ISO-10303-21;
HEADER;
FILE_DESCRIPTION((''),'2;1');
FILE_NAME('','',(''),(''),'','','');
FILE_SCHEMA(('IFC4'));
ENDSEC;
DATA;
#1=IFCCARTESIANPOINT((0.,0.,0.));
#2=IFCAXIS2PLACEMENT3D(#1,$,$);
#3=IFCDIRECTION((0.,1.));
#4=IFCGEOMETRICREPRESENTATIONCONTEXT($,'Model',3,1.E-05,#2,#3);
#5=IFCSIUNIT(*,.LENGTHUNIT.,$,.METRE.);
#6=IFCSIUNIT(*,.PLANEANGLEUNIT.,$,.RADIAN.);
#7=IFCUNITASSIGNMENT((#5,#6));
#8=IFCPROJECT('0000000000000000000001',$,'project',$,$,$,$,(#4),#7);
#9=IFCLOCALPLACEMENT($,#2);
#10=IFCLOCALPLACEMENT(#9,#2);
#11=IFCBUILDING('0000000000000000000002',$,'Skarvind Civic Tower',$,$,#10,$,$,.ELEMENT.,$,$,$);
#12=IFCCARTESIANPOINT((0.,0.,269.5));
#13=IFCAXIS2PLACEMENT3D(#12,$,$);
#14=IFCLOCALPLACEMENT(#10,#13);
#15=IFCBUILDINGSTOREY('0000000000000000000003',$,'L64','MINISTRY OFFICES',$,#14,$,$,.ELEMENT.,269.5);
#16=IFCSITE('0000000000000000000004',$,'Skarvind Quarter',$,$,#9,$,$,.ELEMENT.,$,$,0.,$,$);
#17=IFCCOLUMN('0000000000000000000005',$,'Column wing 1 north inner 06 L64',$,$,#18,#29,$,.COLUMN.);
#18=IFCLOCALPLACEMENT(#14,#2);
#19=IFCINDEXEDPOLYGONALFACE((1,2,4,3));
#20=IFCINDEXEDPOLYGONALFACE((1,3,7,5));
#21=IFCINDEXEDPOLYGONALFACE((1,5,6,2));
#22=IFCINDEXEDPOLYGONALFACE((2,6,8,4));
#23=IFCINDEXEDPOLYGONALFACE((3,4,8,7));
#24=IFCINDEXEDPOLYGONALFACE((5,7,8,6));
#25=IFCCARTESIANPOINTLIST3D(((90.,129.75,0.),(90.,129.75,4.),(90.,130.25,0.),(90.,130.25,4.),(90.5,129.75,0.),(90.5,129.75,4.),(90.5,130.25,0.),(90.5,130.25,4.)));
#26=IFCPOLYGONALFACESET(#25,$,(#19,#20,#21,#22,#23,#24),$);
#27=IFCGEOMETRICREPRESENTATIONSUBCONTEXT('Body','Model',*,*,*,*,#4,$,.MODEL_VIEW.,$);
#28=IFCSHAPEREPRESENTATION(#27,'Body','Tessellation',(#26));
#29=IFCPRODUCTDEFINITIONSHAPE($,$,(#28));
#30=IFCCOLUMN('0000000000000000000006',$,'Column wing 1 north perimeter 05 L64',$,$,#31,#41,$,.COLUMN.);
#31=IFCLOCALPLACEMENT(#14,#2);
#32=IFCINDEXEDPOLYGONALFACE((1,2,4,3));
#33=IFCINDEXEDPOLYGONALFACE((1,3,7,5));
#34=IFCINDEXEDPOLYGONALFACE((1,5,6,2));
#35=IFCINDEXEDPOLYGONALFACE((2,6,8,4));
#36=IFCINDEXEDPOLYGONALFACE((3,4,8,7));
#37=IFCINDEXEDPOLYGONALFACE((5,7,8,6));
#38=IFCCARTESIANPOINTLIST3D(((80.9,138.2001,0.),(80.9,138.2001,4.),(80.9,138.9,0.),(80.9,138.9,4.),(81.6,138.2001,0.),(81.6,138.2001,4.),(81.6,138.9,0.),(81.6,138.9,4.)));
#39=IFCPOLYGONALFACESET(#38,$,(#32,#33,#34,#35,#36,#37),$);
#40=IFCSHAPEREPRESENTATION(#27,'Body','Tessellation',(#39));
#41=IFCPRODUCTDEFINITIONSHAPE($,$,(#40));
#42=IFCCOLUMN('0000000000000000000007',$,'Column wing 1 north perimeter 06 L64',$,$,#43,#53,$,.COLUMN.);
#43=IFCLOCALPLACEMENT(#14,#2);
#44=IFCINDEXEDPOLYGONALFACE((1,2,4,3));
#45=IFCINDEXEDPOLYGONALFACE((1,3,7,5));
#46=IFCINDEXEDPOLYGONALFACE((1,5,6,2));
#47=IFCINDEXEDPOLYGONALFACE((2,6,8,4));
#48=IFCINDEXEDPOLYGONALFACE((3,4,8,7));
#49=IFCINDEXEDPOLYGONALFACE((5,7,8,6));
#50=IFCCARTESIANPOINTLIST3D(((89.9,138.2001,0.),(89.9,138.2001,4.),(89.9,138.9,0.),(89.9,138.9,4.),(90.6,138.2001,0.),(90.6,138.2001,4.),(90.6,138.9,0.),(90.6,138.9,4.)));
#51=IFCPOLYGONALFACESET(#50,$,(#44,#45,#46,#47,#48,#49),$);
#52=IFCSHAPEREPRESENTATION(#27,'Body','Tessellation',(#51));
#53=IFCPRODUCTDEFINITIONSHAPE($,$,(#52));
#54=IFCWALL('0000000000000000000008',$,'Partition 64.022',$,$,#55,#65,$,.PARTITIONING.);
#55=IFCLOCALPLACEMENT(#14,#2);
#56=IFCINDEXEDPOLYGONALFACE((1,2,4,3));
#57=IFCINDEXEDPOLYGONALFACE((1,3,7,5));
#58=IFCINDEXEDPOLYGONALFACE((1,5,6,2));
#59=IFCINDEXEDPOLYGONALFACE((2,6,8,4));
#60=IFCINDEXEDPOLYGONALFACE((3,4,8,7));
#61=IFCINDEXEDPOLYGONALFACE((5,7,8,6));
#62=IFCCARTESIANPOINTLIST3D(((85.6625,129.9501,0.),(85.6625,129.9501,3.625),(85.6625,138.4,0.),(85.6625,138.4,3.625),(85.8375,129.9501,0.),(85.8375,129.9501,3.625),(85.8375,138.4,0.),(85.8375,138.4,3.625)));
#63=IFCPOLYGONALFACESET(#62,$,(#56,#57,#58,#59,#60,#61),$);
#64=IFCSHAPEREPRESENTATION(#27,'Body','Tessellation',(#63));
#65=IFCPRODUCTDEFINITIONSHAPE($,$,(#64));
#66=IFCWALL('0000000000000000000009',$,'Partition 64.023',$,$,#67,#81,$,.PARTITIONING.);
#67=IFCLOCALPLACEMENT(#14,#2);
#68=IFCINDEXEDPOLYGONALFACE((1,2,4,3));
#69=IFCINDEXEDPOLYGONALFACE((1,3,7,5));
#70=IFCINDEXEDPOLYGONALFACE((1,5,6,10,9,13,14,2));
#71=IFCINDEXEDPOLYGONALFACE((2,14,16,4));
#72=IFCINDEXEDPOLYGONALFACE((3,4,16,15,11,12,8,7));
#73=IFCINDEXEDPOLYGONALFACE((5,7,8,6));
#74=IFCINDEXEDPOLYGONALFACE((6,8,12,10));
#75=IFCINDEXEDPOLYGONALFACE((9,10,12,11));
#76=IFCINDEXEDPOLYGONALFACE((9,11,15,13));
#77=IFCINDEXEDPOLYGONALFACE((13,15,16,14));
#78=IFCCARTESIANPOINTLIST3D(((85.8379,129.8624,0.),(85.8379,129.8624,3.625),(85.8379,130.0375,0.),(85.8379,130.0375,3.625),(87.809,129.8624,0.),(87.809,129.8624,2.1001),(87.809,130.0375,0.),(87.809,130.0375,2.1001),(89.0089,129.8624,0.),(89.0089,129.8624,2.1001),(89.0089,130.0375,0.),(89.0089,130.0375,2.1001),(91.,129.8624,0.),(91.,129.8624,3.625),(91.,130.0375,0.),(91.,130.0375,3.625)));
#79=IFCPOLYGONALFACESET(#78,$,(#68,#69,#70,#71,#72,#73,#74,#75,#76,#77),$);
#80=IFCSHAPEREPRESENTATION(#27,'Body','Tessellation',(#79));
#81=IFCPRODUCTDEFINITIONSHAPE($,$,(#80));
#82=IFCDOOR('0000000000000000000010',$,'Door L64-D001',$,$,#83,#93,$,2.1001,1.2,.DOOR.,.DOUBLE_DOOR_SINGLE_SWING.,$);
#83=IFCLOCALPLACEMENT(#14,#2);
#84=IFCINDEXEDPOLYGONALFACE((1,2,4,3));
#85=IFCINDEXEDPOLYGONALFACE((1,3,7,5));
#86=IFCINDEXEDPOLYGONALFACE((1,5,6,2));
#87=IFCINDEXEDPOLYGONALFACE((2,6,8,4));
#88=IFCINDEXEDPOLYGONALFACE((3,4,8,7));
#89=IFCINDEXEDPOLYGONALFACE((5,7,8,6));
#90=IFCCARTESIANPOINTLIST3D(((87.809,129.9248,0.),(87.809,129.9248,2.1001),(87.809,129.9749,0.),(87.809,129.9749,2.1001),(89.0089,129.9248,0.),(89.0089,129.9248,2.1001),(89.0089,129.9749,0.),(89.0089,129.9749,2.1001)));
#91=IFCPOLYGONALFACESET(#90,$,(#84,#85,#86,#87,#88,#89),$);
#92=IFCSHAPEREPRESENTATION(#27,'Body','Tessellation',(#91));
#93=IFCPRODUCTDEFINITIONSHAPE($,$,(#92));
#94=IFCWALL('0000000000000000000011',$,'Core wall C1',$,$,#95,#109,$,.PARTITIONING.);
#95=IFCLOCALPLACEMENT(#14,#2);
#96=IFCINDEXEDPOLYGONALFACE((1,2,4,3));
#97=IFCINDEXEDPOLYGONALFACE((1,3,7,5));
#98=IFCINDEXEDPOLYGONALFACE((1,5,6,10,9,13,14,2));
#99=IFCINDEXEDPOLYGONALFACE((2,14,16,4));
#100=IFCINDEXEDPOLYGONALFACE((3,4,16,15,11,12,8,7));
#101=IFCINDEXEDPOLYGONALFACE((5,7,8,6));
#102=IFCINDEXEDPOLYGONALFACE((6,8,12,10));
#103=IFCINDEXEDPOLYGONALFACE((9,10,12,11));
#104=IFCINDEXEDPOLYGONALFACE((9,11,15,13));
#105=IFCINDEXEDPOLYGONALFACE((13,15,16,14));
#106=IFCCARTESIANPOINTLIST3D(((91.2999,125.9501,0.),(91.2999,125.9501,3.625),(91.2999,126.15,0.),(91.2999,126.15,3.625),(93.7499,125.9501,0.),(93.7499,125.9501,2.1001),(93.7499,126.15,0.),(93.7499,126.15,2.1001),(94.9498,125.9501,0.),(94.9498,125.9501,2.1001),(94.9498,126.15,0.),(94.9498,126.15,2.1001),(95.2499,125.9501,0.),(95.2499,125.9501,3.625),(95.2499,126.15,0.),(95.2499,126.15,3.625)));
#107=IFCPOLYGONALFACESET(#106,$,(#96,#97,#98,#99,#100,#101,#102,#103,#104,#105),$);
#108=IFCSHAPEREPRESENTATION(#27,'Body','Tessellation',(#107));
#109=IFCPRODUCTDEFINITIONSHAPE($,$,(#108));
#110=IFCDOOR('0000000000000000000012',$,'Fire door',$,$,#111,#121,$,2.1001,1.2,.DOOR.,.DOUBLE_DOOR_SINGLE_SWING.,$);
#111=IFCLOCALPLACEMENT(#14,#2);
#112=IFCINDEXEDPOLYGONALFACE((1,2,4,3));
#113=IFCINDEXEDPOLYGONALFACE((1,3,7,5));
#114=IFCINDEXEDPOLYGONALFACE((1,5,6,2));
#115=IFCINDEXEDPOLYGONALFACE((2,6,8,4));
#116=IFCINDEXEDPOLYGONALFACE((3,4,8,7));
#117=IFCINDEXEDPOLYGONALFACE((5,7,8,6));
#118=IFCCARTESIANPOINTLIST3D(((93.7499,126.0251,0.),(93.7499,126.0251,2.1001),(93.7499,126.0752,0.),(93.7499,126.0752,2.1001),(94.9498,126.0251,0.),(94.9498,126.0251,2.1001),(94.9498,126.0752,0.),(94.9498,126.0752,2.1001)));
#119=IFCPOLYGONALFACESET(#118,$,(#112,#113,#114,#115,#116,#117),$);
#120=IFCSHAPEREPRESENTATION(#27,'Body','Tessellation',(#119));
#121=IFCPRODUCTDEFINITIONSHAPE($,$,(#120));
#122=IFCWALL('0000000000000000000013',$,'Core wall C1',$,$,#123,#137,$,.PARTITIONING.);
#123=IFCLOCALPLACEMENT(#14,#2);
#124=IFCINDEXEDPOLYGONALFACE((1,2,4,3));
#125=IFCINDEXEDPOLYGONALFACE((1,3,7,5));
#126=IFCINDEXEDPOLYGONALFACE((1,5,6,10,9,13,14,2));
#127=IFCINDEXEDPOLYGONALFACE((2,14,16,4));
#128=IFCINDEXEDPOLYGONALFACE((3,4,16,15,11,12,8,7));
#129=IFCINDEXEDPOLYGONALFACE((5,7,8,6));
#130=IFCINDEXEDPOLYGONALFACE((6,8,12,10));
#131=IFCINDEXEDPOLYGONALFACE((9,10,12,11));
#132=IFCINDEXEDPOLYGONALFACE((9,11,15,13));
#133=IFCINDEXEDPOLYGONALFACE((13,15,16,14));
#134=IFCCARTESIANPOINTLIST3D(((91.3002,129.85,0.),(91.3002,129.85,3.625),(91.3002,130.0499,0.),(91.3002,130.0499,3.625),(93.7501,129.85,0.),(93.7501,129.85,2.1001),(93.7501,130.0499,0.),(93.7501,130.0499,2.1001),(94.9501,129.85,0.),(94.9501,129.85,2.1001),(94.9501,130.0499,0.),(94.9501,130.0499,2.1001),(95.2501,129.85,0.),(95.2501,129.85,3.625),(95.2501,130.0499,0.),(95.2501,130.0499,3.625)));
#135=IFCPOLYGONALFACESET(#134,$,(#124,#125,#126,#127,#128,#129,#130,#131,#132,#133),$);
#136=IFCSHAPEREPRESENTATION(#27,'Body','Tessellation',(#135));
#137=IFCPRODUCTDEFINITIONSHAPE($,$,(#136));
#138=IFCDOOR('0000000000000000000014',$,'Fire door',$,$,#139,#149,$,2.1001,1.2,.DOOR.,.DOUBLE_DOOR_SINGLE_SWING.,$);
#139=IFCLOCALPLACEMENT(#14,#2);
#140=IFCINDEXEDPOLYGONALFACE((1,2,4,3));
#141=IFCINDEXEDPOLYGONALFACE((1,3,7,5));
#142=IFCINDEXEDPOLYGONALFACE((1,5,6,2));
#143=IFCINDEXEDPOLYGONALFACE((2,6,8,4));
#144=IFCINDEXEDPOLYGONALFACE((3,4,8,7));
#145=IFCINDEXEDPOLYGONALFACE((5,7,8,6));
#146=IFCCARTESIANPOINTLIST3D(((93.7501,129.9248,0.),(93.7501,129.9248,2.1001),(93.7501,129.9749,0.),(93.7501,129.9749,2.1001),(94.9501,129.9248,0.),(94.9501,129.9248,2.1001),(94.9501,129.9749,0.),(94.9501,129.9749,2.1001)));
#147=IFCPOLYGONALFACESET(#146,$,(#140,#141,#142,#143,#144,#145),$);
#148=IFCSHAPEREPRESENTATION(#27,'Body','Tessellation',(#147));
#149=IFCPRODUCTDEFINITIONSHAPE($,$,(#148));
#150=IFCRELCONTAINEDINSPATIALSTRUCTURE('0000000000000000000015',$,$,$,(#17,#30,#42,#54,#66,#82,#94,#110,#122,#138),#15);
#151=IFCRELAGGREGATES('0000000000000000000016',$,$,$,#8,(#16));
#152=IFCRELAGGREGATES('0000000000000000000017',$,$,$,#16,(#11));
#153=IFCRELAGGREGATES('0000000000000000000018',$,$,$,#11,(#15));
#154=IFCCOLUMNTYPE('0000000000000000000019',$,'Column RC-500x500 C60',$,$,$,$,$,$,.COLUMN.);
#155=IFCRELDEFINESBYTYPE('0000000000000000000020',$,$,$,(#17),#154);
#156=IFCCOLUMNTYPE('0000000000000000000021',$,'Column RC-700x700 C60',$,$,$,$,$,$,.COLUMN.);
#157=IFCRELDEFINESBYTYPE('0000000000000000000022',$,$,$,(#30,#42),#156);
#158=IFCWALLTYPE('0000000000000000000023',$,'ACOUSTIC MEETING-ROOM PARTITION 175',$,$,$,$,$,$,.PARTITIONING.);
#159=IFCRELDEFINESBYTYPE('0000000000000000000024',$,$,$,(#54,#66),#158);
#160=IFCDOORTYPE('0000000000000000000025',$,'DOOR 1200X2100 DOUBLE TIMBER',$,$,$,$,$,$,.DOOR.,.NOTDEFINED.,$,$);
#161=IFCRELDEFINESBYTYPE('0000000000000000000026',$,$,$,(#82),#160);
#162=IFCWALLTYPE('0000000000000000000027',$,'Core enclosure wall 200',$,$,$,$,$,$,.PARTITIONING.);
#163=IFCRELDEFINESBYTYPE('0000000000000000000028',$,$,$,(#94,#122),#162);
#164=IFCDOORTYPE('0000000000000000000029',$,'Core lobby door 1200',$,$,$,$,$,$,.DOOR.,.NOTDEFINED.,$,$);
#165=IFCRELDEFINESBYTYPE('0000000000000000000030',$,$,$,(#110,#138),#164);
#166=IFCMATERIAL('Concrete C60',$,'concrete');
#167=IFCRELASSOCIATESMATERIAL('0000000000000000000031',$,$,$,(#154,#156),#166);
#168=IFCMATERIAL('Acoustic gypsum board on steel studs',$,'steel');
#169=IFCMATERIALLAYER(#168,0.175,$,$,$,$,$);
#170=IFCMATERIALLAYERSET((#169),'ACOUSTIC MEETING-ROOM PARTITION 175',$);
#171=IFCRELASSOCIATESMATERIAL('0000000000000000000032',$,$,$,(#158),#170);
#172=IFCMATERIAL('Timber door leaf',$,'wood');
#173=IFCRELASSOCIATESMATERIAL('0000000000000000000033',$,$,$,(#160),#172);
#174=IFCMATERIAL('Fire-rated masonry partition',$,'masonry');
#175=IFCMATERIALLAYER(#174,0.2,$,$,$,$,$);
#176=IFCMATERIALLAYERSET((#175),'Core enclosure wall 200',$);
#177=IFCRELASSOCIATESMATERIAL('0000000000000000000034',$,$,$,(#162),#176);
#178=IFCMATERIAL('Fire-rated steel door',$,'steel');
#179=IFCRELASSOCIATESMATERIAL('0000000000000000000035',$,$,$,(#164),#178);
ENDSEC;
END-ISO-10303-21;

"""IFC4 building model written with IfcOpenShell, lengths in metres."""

from ifc_helpers import new_model, si_unit, direction, frame, frame_2d, origin, origin_2d, place, context, subcontext, project, spatial, rectangle, extrude, material, layer, layer_set, material_profile, profile_set, type_object, element, fill, save


model = new_model("IFC4")

# Units and contexts
model_context = context("Model", 3, precision=1e-05, world=origin(), true_north=direction((0.0, 1.0)))
body_context = subcontext(model_context, "Body", "Model", "MODEL_VIEW")
ifc_project = project(units=[si_unit("LENGTHUNIT", "METRE"), si_unit("PLANEANGLEUNIT", "RADIAN")], contexts=[model_context])

# Site, building, storey
site_placement = place(None, origin())
site = spatial("IfcSite", under=ifc_project, at=site_placement, Name="Skarvind Quarter", CompositionType="ELEMENT", RefElevation=0.0)
building_placement = place(site_placement, origin())
building = spatial("IfcBuilding", under=site, at=building_placement, Name="Skarvind Civic Tower", CompositionType="ELEMENT")
storey_placement = place(building_placement, frame((0.0, 0.0, 269.5)))
storey = spatial("IfcBuildingStorey", under=building, at=storey_placement, Name="L64", Description="MINISTRY OFFICES", CompositionType="ELEMENT", Elevation=269.5)

# Columns
ifc_material_1 = material(Name="Concrete C60", Category="concrete")
ifc_material_profile_1 = material_profile(ifc_material_1, rectangle(XDim=0.5, YDim=0.5, at=origin_2d()), Name="RC-500x500")
ifc_profile_set_1 = profile_set([ifc_material_profile_1], Name="Concrete C60")
column_type_1 = type_object("IfcColumnType", Name="Column RC-500x500 C60", PredefinedType="COLUMN", material=ifc_profile_set_1)
column_placement = place(storey_placement, frame((90.25, 130.0, 0.0), z_axis=(0.0, 0.0, 1.0), x_axis=(1.0, 0.0, 0.0)))
element("IfcColumn", 1, at=column_placement, inside=storey, type_object=column_type_1, Name="Column wing 1 north inner 06 L64", PredefinedType="COLUMN", context=body_context, shape_type="SweptSolid", body=[
    extrude(rectangle(XDim=0.5, YDim=0.5, at=origin_2d()), origin(), (0.0, 0.0, 1.0), 4.0),
])
ifc_material_profile_2 = material_profile(ifc_material_1, rectangle(XDim=0.7, YDim=0.7, at=origin_2d()), Name="RC-700x700")
ifc_profile_set_2 = profile_set([ifc_material_profile_2], Name="Concrete C60")
column_type_2 = type_object("IfcColumnType", Name="Column RC-700x700 C60", PredefinedType="COLUMN", material=ifc_profile_set_2)
for number, where, z_axis, x_axis, name in (
    (2, (81.25, 138.55, 0.0), (0.0, 0.0, 1.0), (1.0, 0.0, 0.0), "Column wing 1 north perimeter 05 L64"),
    (3, (90.25, 138.55, 0.0), (0.0, 0.0, 1.0), (1.0, 0.0, 0.0), "Column wing 1 north perimeter 06 L64"),
):
    element("IfcColumn", number, at=place(storey_placement, frame(where, z_axis=z_axis, x_axis=x_axis)), inside=storey, type_object=column_type_2, Name=name, PredefinedType="COLUMN", context=body_context, shape_type="SweptSolid", body=[
        extrude(rectangle(XDim=0.7, YDim=0.7, at=origin_2d()), origin(), (0.0, 0.0, 1.0), 4.0),
    ])

# Wall
ifc_material_2 = material(Name="Acoustic gypsum board on steel studs", Category="steel")
ifc_layer_1 = layer(ifc_material_2, 0.175)
ifc_layer_set_1 = layer_set([ifc_layer_1], Name="ACOUSTIC MEETING-ROOM PARTITION 175")
wall_type_1 = type_object("IfcWallType", Name="ACOUSTIC MEETING-ROOM PARTITION 175", PredefinedType="PARTITIONING", material=ifc_layer_set_1)
wall_1_placement = place(storey_placement, frame((85.75, 129.95, 0.0), z_axis=(0.0, 0.0, 1.0), x_axis=(0.0, 1.0, 0.0)))
element("IfcWall", 4, at=wall_1_placement, inside=storey, type_object=wall_type_1, Name="Partition 64.022", PredefinedType="PARTITIONING", context=body_context, shape_type="SweptSolid", body=[
    extrude(rectangle(XDim=8.45, YDim=0.175, at=frame_2d((4.2251, 0.0))), origin(), (0.0, 0.0, 1.0), 3.625),
])

# Walls, openings, doors
wall_2_placement = place(storey_placement, frame((85.8379, 129.95, 0.0), z_axis=(0.0, 0.0, 1.0), x_axis=(1.0, 0.0, 0.0)))
wall_2 = element("IfcWall", 5, at=wall_2_placement, inside=storey, type_object=wall_type_1, Name="Partition 64.023", PredefinedType="PARTITIONING", context=body_context, shape_type="SweptSolid", body=[
    extrude(rectangle(XDim=5.1621, YDim=0.175, at=frame_2d((2.5811, 0.0))), origin(), (0.0, 0.0, 1.0), 3.625),
])
opening_1_placement = place(wall_2_placement, frame((1.9709, 0.0, 0.0)))
opening_1 = element("IfcOpeningElement", 6, at=opening_1_placement, cuts=wall_2, PredefinedType="OPENING", context=body_context, shape_type="SweptSolid", body=[
    extrude(rectangle(XDim=1.2, YDim=2.1001, at=frame_2d((0.6001, 1.05))), frame((0.0, 0.0974, 0.0), z_axis=(0.0, -1.0, 0.0), x_axis=(1.0, 0.0, 0.0)), (0.0, 0.0, 1.0), 0.1951),
])
ifc_material_3 = material(Name="Timber door leaf", Category="wood")
door_type_1 = type_object("IfcDoorType", Name="DOOR 1200X2100 DOUBLE TIMBER", OperationType="NOTDEFINED", PredefinedType="DOOR", material=ifc_material_3)
door_1_placement = place(opening_1_placement, origin())
door_1 = element("IfcDoor", 7, at=door_1_placement, inside=storey, type_object=door_type_1, Name="Door L64-D001", OperationType="DOUBLE_DOOR_SINGLE_SWING", OverallHeight=2.1001, OverallWidth=1.2, PredefinedType="DOOR", context=body_context, shape_type="SweptSolid", body=[
    extrude(rectangle(XDim=1.2, YDim=2.1001, at=frame_2d((0.6001, 1.05))), frame((0.0, 0.0249, 0.0), z_axis=(0.0, -1.0, 0.0), x_axis=(1.0, 0.0, 0.0)), (0.0, 0.0, 1.0), 0.05),
])
fill(opening_1, door_1)
ifc_material_4 = material(Name="Fire-rated masonry partition", Category="masonry")
ifc_layer_2 = layer(ifc_material_4, 0.2)
ifc_layer_set_2 = layer_set([ifc_layer_2], Name="Core enclosure wall 200")
wall_type_2 = type_object("IfcWallType", Name="Core enclosure wall 200", PredefinedType="PARTITIONING", material=ifc_layer_set_2)
wall_3_placement = place(storey_placement, frame((95.25, 126.05, 0.0), z_axis=(0.0, 0.0, 1.0), x_axis=(-1.0, 0.0, 0.0)))
wall_3 = element("IfcWall", 8, at=wall_3_placement, inside=storey, type_object=wall_type_2, Name="Core wall C1", PredefinedType="PARTITIONING", context=body_context, shape_type="SweptSolid", body=[
    extrude(rectangle(XDim=3.95, YDim=0.2, at=frame_2d((1.9751, 0.0))), origin(), (0.0, 0.0, 1.0), 3.625),
])
opening_2_placement = place(wall_3_placement, frame((0.3, 0.0, 0.0)))
opening_2 = element("IfcOpeningElement", 9, at=opening_2_placement, cuts=wall_3, PredefinedType="OPENING", context=body_context, shape_type="SweptSolid", body=[
    extrude(rectangle(XDim=1.2, YDim=2.1001, at=frame_2d((0.6001, 1.05))), frame((0.0, 0.1099, 0.0), z_axis=(0.0, -1.0, 0.0), x_axis=(1.0, 0.0, 0.0)), (0.0, 0.0, 1.0), 0.22),
])
ifc_material_5 = material(Name="Fire-rated steel door", Category="steel")
door_type_2 = type_object("IfcDoorType", Name="Core lobby door 1200", OperationType="NOTDEFINED", PredefinedType="DOOR", material=ifc_material_5)
door_2_placement = place(opening_2_placement, origin())
door_2 = element("IfcDoor", 10, at=door_2_placement, inside=storey, type_object=door_type_2, Name="Fire door", OperationType="DOUBLE_DOOR_SINGLE_SWING", OverallHeight=2.1001, OverallWidth=1.2, PredefinedType="DOOR", context=body_context, shape_type="SweptSolid", body=[
    extrude(rectangle(XDim=1.2, YDim=2.1001, at=frame_2d((0.6001, 1.05))), frame((0.0, 0.0249, 0.0), z_axis=(0.0, -1.0, 0.0), x_axis=(1.0, 0.0, 0.0)), (0.0, 0.0, 1.0), 0.05),
])
fill(opening_2, door_2)
wall_4_placement = place(storey_placement, frame((91.3, 129.95, 0.0), z_axis=(0.0, 0.0, 1.0), x_axis=(1.0, 0.0, 0.0)))
wall_4 = element("IfcWall", 11, at=wall_4_placement, inside=storey, type_object=wall_type_2, Name="Core wall C1", PredefinedType="PARTITIONING", context=body_context, shape_type="SweptSolid", body=[
    extrude(rectangle(XDim=3.95, YDim=0.2, at=frame_2d((1.9751, 0.0))), origin(), (0.0, 0.0, 1.0), 3.625),
])
opening_3_placement = place(wall_4_placement, frame((2.45, 0.0, 0.0)))
opening_3 = element("IfcOpeningElement", 12, at=opening_3_placement, cuts=wall_4, PredefinedType="OPENING", context=body_context, shape_type="SweptSolid", body=[
    extrude(rectangle(XDim=1.2, YDim=2.1001, at=frame_2d((0.6001, 1.05))), frame((0.0, 0.1099, 0.0), z_axis=(0.0, -1.0, 0.0), x_axis=(1.0, 0.0, 0.0)), (0.0, 0.0, 1.0), 0.22),
])
door_3_placement = place(opening_3_placement, origin())
door_3 = element("IfcDoor", 13, at=door_3_placement, inside=storey, type_object=door_type_2, Name="Fire door", OperationType="DOUBLE_DOOR_SINGLE_SWING", OverallHeight=2.1001, OverallWidth=1.2, PredefinedType="DOOR", context=body_context, shape_type="SweptSolid", body=[
    extrude(rectangle(XDim=1.2, YDim=2.1001, at=frame_2d((0.6001, 1.05))), frame((0.0, 0.0249, 0.0), z_axis=(0.0, -1.0, 0.0), x_axis=(1.0, 0.0, 0.0)), (0.0, 0.0, 1.0), 0.05),
])
fill(opening_3, door_3)

save(model, "model.ifc")
